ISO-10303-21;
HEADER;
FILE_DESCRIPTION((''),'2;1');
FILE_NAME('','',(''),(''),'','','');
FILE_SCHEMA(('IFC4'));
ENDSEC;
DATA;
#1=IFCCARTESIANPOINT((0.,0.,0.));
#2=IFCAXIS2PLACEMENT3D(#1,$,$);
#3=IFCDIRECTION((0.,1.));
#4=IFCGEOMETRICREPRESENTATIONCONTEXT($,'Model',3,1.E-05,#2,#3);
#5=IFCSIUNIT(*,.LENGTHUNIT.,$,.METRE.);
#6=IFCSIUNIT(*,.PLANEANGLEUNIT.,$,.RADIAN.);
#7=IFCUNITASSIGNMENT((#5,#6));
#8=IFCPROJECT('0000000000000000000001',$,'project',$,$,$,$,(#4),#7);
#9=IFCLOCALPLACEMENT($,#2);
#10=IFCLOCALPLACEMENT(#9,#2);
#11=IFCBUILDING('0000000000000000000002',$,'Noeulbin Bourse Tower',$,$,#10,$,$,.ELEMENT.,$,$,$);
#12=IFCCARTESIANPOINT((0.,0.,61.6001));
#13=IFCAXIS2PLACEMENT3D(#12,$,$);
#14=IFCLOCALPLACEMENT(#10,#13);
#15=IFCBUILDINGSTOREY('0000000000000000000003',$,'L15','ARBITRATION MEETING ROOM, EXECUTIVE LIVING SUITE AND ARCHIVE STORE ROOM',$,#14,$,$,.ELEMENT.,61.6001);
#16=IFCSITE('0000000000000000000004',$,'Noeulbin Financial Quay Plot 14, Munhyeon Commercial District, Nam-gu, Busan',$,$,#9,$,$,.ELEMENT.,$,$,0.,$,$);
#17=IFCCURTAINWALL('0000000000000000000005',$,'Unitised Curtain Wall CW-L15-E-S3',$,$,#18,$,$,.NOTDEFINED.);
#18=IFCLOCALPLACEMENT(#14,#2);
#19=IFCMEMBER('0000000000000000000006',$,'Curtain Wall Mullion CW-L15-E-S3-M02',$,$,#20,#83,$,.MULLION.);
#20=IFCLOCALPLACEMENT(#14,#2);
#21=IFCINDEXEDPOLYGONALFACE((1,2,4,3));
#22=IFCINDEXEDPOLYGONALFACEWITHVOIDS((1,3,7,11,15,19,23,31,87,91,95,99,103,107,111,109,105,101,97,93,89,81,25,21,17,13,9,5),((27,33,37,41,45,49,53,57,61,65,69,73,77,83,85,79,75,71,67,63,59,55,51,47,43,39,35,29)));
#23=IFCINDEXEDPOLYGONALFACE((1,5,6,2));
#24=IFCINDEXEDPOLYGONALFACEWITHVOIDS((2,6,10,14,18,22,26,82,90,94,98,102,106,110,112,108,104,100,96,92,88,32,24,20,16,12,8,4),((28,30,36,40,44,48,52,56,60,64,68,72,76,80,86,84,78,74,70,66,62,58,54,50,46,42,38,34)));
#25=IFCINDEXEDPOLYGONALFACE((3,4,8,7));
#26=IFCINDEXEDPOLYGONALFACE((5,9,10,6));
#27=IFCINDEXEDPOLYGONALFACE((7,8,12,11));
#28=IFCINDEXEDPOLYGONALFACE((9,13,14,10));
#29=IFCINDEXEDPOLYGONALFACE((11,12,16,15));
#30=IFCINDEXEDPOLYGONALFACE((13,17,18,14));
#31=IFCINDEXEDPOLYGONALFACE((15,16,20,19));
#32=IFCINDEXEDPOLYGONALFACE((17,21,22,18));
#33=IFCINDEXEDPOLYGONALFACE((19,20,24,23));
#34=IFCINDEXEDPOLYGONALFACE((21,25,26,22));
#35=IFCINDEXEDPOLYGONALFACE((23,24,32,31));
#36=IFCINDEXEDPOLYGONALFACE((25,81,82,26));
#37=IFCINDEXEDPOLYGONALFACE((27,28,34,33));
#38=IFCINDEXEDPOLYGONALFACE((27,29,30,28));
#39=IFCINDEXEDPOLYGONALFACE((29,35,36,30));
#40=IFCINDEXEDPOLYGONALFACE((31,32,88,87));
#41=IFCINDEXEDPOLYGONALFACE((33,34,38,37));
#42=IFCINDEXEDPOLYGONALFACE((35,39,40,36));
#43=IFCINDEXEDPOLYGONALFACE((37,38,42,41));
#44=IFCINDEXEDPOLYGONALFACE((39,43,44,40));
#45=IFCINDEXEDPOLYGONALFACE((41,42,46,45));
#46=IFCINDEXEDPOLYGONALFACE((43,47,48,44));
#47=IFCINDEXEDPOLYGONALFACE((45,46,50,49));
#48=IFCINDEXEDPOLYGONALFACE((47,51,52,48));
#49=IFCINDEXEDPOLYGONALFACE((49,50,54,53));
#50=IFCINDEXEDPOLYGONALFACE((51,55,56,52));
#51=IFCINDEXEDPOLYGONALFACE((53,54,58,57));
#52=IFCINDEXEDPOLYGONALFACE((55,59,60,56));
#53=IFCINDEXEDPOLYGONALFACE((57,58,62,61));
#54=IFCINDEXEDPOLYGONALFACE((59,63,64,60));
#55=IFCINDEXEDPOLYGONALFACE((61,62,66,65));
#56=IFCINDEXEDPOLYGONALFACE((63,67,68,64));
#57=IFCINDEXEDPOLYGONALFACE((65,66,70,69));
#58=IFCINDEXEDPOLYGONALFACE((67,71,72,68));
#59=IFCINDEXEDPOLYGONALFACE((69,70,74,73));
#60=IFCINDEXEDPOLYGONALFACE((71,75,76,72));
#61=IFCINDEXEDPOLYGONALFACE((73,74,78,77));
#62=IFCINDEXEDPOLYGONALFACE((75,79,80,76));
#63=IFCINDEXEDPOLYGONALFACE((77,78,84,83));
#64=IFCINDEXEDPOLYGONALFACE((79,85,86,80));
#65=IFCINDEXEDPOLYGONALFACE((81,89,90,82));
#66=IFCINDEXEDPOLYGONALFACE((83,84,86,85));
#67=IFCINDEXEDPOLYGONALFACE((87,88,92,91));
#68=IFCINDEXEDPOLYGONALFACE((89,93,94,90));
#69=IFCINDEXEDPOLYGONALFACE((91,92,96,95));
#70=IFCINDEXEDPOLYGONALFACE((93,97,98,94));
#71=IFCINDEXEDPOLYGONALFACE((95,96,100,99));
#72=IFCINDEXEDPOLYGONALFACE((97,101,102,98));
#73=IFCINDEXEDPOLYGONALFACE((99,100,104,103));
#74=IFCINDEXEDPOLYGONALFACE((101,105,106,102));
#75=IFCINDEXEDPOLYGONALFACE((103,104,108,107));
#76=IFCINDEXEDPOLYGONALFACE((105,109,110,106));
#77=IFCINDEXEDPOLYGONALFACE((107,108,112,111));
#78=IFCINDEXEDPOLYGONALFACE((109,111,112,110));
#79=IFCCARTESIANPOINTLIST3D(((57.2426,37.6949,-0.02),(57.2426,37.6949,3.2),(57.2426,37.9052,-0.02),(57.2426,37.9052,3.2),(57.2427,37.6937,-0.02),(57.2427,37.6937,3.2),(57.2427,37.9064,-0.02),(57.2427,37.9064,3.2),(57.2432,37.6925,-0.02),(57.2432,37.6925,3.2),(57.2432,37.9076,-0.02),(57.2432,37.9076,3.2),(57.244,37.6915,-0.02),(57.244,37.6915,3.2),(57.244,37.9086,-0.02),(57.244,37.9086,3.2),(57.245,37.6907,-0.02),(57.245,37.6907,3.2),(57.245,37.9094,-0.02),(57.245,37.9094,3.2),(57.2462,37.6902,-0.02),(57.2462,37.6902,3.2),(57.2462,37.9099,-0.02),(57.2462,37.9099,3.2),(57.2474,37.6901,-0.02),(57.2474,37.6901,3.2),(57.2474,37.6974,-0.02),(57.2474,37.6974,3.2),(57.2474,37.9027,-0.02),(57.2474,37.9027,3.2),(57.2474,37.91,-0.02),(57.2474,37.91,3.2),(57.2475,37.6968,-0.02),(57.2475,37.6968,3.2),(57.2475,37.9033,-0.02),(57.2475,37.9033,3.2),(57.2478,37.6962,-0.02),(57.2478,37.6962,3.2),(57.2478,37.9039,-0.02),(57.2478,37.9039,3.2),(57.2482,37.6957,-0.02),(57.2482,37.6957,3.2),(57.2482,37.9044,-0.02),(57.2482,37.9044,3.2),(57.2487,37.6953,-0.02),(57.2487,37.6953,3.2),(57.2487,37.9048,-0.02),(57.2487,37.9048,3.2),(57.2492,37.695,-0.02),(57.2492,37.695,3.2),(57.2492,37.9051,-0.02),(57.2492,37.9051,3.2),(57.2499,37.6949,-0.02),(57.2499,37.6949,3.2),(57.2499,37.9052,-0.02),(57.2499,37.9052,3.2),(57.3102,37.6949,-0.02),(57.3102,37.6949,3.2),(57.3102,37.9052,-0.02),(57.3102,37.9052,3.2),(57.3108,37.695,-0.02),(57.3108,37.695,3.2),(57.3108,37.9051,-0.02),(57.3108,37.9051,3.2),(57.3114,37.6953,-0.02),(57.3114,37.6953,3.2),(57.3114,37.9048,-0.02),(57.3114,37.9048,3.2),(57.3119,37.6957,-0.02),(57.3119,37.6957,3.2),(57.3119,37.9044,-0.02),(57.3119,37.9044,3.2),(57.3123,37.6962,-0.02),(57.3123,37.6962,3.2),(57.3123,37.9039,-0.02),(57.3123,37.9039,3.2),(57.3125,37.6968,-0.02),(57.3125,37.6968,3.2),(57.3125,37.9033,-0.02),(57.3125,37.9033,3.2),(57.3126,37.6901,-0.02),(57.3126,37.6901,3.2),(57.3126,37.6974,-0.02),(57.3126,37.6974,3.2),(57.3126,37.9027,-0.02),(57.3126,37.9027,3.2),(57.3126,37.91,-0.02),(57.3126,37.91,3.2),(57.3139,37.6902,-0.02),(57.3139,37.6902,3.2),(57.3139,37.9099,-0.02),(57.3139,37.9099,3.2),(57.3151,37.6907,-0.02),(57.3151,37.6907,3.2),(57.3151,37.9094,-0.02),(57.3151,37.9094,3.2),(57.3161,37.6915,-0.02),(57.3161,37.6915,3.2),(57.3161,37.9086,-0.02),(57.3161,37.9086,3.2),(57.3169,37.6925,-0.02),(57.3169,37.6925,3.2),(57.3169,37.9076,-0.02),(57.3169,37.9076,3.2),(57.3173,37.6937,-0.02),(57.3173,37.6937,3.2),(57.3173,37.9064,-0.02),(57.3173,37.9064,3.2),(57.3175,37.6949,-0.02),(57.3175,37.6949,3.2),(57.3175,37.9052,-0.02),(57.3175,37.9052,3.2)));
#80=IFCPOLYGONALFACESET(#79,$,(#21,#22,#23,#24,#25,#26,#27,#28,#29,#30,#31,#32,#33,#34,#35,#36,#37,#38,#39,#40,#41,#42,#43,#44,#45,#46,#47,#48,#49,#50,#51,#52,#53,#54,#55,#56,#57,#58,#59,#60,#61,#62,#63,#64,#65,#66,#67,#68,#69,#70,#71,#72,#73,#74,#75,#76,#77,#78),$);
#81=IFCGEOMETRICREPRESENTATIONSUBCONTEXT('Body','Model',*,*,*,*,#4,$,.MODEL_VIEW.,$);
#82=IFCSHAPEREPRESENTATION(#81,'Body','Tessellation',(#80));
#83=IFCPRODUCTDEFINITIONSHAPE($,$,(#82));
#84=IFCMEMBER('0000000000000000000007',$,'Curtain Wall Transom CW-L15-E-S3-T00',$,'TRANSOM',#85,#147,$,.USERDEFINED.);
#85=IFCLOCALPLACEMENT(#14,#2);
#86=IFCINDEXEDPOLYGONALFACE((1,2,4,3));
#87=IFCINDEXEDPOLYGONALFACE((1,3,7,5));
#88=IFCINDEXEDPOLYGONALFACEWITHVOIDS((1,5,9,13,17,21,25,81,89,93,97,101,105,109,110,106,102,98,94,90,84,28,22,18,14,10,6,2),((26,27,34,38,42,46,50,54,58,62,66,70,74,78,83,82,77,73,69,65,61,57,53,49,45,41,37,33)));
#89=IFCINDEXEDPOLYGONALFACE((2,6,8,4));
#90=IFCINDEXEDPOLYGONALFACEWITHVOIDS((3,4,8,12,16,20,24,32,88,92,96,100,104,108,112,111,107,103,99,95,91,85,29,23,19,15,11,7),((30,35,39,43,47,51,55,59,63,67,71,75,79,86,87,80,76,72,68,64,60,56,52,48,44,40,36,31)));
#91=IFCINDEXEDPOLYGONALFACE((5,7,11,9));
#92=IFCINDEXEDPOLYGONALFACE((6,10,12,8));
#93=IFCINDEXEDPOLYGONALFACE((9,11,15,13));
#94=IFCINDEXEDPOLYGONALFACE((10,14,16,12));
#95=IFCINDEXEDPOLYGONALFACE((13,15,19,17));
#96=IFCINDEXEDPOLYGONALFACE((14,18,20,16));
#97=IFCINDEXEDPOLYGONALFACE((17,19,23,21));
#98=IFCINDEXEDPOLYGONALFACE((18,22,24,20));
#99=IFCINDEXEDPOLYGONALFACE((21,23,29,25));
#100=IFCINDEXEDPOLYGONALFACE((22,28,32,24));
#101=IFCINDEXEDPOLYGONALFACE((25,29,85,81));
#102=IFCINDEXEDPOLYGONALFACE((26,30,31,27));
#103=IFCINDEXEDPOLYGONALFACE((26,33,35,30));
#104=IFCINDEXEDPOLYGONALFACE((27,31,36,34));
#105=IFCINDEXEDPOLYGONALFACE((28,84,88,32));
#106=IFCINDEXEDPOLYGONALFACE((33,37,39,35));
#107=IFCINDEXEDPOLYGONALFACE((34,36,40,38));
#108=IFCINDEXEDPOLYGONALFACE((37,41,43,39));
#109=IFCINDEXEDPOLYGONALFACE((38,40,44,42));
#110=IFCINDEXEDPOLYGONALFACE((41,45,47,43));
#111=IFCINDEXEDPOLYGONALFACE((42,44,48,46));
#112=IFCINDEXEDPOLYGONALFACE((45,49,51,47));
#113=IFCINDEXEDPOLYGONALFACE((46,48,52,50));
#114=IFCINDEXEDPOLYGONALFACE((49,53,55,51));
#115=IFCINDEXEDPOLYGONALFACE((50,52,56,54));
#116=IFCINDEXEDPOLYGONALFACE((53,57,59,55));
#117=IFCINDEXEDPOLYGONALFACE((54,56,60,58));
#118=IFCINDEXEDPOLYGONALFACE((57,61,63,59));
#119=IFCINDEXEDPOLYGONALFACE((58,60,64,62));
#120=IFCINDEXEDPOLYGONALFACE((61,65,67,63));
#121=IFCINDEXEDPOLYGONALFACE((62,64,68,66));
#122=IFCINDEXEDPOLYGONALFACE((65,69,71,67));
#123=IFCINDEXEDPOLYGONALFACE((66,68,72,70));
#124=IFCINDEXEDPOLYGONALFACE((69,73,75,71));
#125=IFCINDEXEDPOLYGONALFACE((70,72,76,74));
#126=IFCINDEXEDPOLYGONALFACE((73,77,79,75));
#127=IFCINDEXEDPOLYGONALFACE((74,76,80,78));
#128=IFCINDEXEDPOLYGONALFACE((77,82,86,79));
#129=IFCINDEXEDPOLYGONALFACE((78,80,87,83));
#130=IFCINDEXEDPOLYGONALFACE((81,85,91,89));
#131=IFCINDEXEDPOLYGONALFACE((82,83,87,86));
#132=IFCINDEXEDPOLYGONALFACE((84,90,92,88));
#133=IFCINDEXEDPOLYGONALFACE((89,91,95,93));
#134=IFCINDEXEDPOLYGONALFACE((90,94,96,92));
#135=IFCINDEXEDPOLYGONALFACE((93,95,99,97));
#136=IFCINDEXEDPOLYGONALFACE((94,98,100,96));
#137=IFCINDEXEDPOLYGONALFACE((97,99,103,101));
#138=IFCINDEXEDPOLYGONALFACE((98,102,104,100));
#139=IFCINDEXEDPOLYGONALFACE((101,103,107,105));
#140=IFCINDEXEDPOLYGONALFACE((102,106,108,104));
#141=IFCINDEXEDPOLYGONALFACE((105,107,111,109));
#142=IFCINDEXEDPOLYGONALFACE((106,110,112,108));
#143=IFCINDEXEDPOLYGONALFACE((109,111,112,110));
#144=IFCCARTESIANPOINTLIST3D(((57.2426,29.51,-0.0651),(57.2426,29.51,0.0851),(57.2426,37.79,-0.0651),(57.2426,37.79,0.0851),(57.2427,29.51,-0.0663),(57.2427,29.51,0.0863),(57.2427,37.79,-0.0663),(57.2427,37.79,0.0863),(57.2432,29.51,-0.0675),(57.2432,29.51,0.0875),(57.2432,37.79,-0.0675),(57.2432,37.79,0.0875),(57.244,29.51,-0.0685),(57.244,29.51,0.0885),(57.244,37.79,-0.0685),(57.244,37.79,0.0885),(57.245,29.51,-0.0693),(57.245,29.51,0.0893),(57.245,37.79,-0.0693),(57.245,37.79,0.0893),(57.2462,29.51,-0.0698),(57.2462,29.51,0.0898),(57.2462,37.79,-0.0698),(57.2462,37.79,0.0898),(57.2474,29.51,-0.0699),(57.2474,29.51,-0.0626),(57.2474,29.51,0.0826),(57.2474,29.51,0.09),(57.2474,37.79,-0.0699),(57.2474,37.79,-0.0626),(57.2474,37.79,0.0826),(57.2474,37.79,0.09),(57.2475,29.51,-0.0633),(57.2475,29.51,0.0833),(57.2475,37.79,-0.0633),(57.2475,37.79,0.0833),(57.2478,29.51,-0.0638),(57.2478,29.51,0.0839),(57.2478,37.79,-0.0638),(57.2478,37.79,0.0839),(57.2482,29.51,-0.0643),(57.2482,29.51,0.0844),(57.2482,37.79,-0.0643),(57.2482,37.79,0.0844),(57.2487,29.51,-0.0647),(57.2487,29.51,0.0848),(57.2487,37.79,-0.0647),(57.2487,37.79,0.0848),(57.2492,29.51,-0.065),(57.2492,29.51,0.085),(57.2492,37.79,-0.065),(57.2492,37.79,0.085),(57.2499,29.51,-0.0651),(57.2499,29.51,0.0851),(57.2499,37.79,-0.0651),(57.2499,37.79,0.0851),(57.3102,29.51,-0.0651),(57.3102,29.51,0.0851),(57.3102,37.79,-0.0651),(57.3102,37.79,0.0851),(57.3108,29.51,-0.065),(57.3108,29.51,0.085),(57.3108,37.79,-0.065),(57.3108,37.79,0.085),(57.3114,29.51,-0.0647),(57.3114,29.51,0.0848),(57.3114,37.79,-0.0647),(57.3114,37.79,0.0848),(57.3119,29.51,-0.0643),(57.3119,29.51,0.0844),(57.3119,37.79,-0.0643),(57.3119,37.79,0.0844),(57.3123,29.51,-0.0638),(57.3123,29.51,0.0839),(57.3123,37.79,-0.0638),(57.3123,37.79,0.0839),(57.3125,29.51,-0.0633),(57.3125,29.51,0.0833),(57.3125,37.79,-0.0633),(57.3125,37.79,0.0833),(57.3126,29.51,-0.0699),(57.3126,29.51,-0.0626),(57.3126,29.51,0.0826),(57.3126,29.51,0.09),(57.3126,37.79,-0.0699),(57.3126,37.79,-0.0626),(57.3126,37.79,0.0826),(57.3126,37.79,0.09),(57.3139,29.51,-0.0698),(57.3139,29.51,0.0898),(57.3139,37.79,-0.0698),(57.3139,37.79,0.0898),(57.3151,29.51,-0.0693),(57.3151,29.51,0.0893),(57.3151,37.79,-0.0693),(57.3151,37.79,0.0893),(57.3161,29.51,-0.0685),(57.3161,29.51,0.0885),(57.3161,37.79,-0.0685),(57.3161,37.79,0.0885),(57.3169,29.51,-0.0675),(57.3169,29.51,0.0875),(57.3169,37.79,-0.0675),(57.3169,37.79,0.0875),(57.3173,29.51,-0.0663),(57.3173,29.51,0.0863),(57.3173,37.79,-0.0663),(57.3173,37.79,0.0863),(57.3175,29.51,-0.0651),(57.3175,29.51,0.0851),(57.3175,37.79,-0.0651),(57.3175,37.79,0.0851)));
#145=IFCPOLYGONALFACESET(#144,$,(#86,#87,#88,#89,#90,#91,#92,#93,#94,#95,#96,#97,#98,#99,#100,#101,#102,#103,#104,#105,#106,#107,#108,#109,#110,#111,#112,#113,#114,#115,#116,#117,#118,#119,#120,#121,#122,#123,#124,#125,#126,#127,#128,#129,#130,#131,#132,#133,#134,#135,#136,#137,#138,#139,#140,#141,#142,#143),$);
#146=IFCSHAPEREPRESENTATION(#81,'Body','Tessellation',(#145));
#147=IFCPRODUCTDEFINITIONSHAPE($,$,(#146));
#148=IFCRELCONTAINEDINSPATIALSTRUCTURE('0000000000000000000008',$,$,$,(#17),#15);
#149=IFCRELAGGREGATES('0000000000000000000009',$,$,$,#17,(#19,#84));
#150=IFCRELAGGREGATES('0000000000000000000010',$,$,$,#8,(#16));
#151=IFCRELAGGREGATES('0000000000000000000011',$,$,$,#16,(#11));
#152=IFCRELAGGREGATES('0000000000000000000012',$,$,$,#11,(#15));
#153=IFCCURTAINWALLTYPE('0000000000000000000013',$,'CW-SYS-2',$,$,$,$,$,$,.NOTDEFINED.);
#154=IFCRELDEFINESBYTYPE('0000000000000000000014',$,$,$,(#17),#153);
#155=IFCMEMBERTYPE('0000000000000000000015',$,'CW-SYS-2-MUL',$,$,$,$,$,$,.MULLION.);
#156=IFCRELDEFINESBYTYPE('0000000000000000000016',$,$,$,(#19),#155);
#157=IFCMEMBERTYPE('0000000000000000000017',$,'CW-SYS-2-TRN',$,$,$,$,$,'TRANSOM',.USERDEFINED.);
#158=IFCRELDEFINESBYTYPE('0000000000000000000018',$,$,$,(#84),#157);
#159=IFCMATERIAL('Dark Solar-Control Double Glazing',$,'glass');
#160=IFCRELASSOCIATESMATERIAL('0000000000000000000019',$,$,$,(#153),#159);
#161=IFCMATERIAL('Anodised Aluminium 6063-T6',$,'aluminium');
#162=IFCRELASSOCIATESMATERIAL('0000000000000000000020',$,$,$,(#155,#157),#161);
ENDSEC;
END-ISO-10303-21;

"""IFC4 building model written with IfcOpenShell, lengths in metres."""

from ifc_helpers import new_model, si_unit, direction, frame, origin, origin_2d, place, context, subcontext, project, spatial, hollow_rectangle, extrude, material, material_profile, profile_set, type_object, element, aggregate, save


model = new_model("IFC4")

# Units and contexts
model_context = context("Model", 3, precision=1e-05, world=origin(), true_north=direction((0.0, 1.0)))
body_context = subcontext(model_context, "Body", "Model", "MODEL_VIEW")
ifc_project = project(units=[si_unit("LENGTHUNIT", "METRE"), si_unit("PLANEANGLEUNIT", "RADIAN")], contexts=[model_context])

# Site, building, storey
site_placement = place(None, origin())
site = spatial("IfcSite", under=ifc_project, at=site_placement, Name="Noeulbin Financial Quay Plot 14, Munhyeon Commercial District, Nam-gu, Busan", CompositionType="ELEMENT", RefElevation=0.0)
building_placement = place(site_placement, origin())
building = spatial("IfcBuilding", under=site, at=building_placement, Name="Noeulbin Bourse Tower", CompositionType="ELEMENT")
storey_placement = place(building_placement, frame((0.0, 0.0, 61.6001)))
storey = spatial("IfcBuildingStorey", under=building, at=storey_placement, Name="L15", Description="ARBITRATION MEETING ROOM, EXECUTIVE LIVING SUITE AND ARCHIVE STORE ROOM", CompositionType="ELEMENT", Elevation=61.6001)

# Curtain wall, members
ifc_material_1 = material(Name="Dark Solar-Control Double Glazing", Category="glass")
curtain_wall_type = type_object("IfcCurtainWallType", Name="CW-SYS-2", PredefinedType="NOTDEFINED", material=ifc_material_1)
curtain_wall_placement = place(storey_placement, origin())
curtain_wall = element("IfcCurtainWall", 1, at=curtain_wall_placement, inside=storey, type_object=curtain_wall_type, Name="Unitised Curtain Wall CW-L15-E-S3", PredefinedType="NOTDEFINED")
ifc_material_2 = material(Name="Anodised Aluminium 6063-T6", Category="aluminium")
ifc_material_profile_1 = material_profile(ifc_material_2, hollow_rectangle(XDim=0.075, YDim=0.22, WallThickness=0.0049, InnerFilletRadius=0.0024, OuterFilletRadius=0.0049, at=origin_2d()), Name="ALU-MULL-75x220x5", Category="LoadBearing")
ifc_profile_set_1 = profile_set([ifc_material_profile_1], Name="Anodised Aluminium 6063-T6")
member_type_1 = type_object("IfcMemberType", Name="CW-SYS-2-MUL", PredefinedType="MULLION", material=ifc_profile_set_1)
member_1_placement = place(storey_placement, frame((57.28, 37.8, -0.02), z_axis=(0.0, 0.0, 1.0), x_axis=(1.0, 0.0, 0.0)))
member_1 = element("IfcMember", 2, at=member_1_placement, type_object=member_type_1, Name="Curtain Wall Mullion CW-L15-E-S3-M02", PredefinedType="MULLION", context=body_context, shape_type="SweptSolid", body=[
    extrude(hollow_rectangle(XDim=0.075, YDim=0.22, WallThickness=0.0049, InnerFilletRadius=0.0024, OuterFilletRadius=0.0049, at=origin_2d()), origin(), (0.0, 0.0, 1.0), 3.22),
])
ifc_material_profile_2 = material_profile(ifc_material_2, hollow_rectangle(XDim=0.075, YDim=0.1599, WallThickness=0.0049, InnerFilletRadius=0.0024, OuterFilletRadius=0.0049, at=origin_2d()), Name="ALU-TRAN-75x160x5", Category="LoadBearing")
ifc_profile_set_2 = profile_set([ifc_material_profile_2], Name="Anodised Aluminium 6063-T6")
member_type_2 = type_object("IfcMemberType", Name="CW-SYS-2-TRN", ElementType="TRANSOM", PredefinedType="USERDEFINED", material=ifc_profile_set_2)
member_2_placement = place(storey_placement, frame((57.28, 29.51, 0.01), z_axis=(0.0, 1.0, 0.0), x_axis=(-1.0, 0.0, 0.0)))
member_2 = element("IfcMember", 3, at=member_2_placement, type_object=member_type_2, Name="Curtain Wall Transom CW-L15-E-S3-T00", ObjectType="TRANSOM", PredefinedType="USERDEFINED", context=body_context, shape_type="SweptSolid", body=[
    extrude(hollow_rectangle(XDim=0.075, YDim=0.1599, WallThickness=0.0049, InnerFilletRadius=0.0024, OuterFilletRadius=0.0049, at=origin_2d()), origin(), (0.0, 0.0, 1.0), 8.28),
])
aggregate(curtain_wall, [member_1, member_2])

save(model, "model.ifc")
